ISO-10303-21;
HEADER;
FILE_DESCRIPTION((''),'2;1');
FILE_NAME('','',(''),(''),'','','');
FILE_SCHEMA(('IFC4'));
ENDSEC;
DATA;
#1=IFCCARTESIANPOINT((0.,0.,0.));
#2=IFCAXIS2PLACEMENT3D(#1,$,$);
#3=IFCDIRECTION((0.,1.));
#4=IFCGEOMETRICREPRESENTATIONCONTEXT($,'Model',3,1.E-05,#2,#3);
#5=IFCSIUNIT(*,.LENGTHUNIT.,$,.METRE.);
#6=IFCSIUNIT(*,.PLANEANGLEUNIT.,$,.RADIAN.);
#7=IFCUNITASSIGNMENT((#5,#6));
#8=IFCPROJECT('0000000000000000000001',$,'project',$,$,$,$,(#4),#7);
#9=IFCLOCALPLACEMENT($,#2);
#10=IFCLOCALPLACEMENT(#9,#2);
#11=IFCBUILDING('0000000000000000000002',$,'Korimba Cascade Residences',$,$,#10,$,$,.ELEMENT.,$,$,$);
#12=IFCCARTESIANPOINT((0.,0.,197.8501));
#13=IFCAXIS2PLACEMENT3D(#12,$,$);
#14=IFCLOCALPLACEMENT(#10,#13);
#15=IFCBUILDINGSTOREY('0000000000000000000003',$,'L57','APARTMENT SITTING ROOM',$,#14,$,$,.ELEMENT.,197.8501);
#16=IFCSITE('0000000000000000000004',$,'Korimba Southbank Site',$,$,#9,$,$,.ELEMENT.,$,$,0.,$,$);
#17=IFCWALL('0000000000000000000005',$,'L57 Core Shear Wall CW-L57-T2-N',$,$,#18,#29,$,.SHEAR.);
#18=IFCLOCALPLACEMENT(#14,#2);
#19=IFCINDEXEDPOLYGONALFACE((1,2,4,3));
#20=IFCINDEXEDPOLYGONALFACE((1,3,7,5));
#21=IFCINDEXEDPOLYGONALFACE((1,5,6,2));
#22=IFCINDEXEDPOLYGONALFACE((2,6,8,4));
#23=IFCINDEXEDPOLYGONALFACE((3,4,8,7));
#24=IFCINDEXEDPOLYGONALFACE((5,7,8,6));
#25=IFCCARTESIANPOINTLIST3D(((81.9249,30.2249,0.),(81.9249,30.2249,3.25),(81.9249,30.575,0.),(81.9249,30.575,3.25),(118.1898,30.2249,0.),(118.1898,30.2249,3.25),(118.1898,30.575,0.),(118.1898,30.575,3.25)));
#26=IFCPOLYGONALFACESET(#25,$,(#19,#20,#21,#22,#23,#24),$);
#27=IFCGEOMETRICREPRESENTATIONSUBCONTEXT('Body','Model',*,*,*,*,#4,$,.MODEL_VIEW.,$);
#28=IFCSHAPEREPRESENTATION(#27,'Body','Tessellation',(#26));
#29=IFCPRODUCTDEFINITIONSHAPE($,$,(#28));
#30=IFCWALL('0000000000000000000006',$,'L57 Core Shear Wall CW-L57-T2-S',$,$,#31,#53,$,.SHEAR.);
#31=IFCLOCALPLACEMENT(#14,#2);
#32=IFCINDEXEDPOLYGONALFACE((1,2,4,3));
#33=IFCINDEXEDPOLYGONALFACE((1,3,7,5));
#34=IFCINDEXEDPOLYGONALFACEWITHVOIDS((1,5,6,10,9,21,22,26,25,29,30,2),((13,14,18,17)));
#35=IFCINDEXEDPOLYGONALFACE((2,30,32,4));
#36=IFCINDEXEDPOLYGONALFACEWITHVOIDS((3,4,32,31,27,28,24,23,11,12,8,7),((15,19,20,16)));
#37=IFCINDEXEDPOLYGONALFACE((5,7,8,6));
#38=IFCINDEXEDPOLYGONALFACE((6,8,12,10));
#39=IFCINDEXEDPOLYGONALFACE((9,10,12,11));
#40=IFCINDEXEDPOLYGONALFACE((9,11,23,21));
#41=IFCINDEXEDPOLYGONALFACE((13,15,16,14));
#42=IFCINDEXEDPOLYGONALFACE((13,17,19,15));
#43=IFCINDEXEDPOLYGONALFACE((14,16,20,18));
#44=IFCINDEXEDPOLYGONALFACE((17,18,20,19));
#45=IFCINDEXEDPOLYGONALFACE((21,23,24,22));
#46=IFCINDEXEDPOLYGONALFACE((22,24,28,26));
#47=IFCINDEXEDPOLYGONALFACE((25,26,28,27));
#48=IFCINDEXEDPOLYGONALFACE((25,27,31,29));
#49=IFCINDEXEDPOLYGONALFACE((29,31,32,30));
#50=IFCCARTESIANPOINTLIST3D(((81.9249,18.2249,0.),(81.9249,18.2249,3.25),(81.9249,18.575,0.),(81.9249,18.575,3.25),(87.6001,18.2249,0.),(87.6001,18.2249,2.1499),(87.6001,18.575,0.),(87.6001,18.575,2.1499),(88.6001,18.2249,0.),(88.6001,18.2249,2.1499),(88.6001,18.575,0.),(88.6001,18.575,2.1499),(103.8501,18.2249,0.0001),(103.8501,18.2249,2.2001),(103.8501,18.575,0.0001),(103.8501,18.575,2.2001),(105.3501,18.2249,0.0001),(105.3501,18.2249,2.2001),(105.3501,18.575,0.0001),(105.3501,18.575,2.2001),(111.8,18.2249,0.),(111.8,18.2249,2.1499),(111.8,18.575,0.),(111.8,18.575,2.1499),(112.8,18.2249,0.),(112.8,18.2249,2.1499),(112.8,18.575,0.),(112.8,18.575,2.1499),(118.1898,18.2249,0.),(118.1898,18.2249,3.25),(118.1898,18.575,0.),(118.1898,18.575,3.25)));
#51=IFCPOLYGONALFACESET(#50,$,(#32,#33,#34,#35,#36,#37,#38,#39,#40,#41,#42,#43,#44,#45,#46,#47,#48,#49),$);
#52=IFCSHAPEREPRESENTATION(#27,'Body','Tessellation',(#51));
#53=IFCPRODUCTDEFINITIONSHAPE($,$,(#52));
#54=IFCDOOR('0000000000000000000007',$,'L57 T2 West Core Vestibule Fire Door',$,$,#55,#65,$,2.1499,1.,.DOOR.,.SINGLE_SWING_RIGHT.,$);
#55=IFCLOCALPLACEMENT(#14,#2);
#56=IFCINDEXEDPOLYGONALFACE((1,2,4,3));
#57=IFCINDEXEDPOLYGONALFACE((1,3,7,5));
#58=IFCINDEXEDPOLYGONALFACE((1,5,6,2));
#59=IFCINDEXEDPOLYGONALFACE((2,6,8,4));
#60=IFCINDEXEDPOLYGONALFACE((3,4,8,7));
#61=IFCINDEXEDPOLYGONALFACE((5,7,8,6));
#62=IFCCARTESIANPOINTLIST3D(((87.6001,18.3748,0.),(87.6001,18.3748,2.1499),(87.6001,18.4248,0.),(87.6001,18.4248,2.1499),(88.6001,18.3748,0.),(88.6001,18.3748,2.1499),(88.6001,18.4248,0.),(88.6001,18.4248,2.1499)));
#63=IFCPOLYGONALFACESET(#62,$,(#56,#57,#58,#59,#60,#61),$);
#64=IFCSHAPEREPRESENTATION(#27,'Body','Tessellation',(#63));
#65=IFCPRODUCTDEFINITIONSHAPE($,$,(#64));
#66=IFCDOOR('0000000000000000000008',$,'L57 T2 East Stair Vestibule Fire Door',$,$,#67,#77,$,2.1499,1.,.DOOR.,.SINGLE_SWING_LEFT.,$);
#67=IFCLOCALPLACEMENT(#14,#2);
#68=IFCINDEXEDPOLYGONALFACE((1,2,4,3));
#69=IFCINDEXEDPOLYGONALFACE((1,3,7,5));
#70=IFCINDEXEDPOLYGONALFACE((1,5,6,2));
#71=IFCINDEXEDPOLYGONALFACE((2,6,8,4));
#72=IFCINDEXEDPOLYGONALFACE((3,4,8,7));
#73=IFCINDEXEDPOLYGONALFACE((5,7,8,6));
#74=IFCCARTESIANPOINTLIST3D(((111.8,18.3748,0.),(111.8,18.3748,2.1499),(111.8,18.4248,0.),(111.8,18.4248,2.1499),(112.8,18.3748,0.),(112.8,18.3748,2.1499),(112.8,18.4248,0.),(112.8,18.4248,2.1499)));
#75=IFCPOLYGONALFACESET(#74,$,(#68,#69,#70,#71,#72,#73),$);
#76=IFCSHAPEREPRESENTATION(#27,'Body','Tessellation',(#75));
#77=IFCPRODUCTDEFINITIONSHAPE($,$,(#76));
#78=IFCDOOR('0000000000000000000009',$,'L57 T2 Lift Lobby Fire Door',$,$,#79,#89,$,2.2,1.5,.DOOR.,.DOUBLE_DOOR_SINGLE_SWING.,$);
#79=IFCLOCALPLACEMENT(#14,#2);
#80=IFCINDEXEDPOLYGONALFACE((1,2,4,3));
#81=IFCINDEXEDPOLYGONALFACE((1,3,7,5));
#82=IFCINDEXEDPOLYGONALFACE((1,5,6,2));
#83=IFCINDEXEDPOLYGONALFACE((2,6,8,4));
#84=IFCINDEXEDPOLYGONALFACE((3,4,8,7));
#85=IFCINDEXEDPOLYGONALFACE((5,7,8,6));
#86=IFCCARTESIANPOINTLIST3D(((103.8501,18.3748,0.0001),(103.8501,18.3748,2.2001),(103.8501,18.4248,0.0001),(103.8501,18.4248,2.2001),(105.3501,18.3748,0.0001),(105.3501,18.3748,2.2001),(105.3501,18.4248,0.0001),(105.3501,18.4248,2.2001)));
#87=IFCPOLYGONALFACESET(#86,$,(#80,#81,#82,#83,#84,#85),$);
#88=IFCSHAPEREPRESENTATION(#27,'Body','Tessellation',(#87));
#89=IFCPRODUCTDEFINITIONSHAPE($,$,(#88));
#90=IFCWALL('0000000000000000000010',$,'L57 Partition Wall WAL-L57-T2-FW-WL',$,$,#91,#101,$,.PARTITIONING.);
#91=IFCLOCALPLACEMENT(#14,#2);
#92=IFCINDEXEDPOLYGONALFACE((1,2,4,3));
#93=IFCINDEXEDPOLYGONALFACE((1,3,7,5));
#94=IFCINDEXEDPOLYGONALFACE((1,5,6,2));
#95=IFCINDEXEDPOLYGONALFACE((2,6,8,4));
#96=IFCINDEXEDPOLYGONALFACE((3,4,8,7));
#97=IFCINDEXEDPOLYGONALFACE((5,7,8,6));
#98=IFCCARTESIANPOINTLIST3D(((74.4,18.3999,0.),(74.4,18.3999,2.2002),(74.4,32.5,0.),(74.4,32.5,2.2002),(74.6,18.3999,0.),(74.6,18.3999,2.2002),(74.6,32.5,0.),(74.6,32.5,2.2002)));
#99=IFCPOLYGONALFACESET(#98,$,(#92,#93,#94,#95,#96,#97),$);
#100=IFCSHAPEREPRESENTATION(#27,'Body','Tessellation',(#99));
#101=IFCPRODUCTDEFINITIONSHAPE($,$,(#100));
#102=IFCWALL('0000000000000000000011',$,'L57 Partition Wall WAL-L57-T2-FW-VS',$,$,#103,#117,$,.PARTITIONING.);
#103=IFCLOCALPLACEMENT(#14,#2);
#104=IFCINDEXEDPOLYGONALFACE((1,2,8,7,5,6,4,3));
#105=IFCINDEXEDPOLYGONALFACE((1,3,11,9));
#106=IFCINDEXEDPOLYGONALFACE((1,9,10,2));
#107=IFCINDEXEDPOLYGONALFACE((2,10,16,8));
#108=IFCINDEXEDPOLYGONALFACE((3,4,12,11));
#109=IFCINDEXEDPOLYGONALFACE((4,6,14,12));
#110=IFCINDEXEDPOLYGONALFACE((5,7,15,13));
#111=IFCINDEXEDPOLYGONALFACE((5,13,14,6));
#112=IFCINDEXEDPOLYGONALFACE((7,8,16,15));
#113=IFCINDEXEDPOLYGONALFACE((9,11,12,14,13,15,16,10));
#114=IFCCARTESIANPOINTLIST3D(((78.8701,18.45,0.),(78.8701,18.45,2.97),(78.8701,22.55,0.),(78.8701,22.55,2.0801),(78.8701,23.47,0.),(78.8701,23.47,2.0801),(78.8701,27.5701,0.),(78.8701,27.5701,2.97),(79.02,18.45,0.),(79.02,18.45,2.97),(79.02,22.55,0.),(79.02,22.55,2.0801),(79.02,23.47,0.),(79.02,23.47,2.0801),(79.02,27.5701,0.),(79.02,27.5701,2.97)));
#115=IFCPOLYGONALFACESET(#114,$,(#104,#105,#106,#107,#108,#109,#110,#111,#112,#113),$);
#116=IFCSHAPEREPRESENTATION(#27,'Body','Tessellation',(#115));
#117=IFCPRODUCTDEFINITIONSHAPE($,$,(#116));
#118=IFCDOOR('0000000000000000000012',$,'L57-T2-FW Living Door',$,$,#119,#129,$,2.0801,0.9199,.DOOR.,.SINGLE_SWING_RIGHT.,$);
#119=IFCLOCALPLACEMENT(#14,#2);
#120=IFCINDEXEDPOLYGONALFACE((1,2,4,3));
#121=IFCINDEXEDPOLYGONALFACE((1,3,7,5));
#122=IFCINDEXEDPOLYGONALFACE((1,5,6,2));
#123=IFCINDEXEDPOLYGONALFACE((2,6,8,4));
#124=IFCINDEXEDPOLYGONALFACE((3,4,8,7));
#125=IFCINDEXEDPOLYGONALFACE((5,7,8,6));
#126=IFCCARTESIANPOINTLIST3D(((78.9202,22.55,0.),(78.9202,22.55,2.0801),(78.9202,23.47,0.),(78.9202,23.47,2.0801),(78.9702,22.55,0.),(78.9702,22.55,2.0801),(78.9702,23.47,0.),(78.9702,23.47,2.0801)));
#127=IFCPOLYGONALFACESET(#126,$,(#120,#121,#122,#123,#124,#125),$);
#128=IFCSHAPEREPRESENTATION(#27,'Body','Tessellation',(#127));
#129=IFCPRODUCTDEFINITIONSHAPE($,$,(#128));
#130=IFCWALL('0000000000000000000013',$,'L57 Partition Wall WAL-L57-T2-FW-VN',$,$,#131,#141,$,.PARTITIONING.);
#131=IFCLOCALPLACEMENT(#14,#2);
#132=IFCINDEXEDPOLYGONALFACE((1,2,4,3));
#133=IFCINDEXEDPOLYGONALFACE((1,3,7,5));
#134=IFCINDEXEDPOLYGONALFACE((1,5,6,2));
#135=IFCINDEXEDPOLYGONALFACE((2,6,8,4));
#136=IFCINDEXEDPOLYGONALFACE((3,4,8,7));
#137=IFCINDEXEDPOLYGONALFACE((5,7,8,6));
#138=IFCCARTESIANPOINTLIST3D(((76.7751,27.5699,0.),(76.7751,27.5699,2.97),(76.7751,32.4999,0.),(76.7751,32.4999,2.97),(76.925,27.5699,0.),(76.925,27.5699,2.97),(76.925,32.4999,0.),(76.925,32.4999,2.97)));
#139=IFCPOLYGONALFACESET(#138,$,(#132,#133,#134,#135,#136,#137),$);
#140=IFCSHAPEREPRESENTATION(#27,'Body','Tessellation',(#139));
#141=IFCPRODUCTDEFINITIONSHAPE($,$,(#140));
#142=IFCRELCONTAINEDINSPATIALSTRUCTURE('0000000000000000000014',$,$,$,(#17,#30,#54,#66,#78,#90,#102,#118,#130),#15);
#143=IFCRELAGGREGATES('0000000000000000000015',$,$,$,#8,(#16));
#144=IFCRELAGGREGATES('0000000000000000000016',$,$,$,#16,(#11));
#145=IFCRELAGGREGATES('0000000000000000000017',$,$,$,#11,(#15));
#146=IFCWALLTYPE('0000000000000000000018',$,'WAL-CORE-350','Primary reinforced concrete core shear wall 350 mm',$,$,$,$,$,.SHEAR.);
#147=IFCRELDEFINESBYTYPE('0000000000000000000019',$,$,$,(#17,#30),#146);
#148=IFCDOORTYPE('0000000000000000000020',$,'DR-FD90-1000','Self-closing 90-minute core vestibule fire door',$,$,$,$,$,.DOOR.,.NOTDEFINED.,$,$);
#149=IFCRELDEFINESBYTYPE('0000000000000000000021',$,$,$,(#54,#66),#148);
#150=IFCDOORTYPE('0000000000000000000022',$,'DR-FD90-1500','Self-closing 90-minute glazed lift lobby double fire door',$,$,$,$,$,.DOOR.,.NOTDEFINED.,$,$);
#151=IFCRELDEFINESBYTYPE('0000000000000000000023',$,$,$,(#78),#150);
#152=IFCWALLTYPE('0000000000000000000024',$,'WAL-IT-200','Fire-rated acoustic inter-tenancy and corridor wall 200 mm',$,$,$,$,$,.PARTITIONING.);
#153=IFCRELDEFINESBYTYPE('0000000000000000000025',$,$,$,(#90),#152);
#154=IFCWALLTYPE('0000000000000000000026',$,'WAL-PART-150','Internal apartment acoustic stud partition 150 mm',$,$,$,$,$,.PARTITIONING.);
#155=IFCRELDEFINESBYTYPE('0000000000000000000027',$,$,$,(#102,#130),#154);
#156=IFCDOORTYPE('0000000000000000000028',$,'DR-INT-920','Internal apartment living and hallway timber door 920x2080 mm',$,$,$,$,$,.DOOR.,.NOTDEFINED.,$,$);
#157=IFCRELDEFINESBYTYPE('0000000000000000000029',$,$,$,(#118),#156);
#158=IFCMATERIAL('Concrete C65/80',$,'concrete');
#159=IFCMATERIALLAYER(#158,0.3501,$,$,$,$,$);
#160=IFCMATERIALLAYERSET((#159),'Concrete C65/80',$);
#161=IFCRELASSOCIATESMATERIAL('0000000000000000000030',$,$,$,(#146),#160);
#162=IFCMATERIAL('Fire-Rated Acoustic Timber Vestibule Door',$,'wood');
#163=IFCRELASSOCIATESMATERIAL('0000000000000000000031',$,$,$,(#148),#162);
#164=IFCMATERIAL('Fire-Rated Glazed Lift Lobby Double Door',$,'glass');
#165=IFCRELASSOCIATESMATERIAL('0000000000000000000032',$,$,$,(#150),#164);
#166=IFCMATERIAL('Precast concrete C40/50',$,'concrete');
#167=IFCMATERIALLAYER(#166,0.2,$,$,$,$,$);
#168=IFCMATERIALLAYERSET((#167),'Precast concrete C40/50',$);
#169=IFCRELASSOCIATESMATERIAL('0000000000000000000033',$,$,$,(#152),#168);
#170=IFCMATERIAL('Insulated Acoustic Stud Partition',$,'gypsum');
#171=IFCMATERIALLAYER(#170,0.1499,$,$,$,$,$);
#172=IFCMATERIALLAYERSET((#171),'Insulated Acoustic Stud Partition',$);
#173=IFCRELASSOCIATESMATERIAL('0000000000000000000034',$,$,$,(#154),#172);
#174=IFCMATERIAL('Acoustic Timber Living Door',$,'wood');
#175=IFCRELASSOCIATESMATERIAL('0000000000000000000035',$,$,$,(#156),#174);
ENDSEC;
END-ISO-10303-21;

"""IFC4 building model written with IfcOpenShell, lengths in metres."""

from ifc_helpers import new_model, si_unit, direction, frame, frame_2d, origin, place, context, subcontext, project, spatial, rectangle, extrude, material, layer, layer_set, type_object, element, fill, save


model = new_model("IFC4")

# Units and contexts
model_context = context("Model", 3, precision=1e-05, world=origin(), true_north=direction((0.0, 1.0)))
body_context = subcontext(model_context, "Body", "Model", "MODEL_VIEW")
ifc_project = project(units=[si_unit("LENGTHUNIT", "METRE"), si_unit("PLANEANGLEUNIT", "RADIAN")], contexts=[model_context])

# Site, building, storey
site_placement = place(None, origin())
site = spatial("IfcSite", under=ifc_project, at=site_placement, Name="Korimba Southbank Site", CompositionType="ELEMENT", RefElevation=0.0)
building_placement = place(site_placement, origin())
building = spatial("IfcBuilding", under=site, at=building_placement, Name="Korimba Cascade Residences", CompositionType="ELEMENT")
storey_placement = place(building_placement, frame((0.0, 0.0, 197.8501)))
storey = spatial("IfcBuildingStorey", under=building, at=storey_placement, Name="L57", Description="APARTMENT SITTING ROOM", CompositionType="ELEMENT", Elevation=197.8501)

# Wall
ifc_material_1 = material(Name="Precast concrete C40/50", Category="concrete")
ifc_material_2 = material(Name="Concrete C65/80", Category="concrete")
ifc_layer_1 = layer(ifc_material_2, 0.3501)
ifc_layer_set_1 = layer_set([ifc_layer_1], Name="Concrete C65/80")
wall_type_1 = type_object("IfcWallType", Name="WAL-CORE-350", Description="Primary reinforced concrete core shear wall 350 mm", PredefinedType="SHEAR", material=ifc_layer_set_1)
wall_1_placement = place(storey_placement, frame((81.925, 30.3999, 0.0), z_axis=(0.0, 0.0, 1.0), x_axis=(1.0, 0.0, 0.0)))
element("IfcWall", 1, at=wall_1_placement, inside=storey, type_object=wall_type_1, Name="L57 Core Shear Wall CW-L57-T2-N", PredefinedType="SHEAR", context=body_context, shape_type="SweptSolid", body=[
    extrude(rectangle(XDim=36.2649, YDim=0.3501, at=frame_2d((18.1323, 0.0))), origin(), (0.0, 0.0, 1.0), 3.25),
])

# Wall, openings, doors
wall_2_placement = place(storey_placement, frame((81.925, 18.3999, 0.0), z_axis=(0.0, 0.0, 1.0), x_axis=(1.0, 0.0, 0.0)))
wall_2 = element("IfcWall", 2, at=wall_2_placement, inside=storey, type_object=wall_type_1, Name="L57 Core Shear Wall CW-L57-T2-S", PredefinedType="SHEAR", context=body_context, shape_type="SweptSolid", body=[
    extrude(rectangle(XDim=36.2649, YDim=0.3501, at=frame_2d((18.1323, 0.0))), origin(), (0.0, 0.0, 1.0), 3.25),
])
opening_1_placement = place(wall_2_placement, frame((5.675, 0.0, 0.0)))
opening_1 = element("IfcOpeningElement", 3, at=opening_1_placement, cuts=wall_2, PredefinedType="OPENING", context=body_context, shape_type="SweptSolid", body=[
    extrude(rectangle(XDim=1.0, YDim=2.1499, at=frame_2d((0.5, 1.075))), frame((0.0, 0.1851, 0.0), z_axis=(0.0, -1.0, 0.0), x_axis=(1.0, 0.0, 0.0)), (0.0, 0.0, 1.0), 0.3701),
])
opening_2_placement = place(wall_2_placement, frame((21.925, 0.0, 0.0)))
opening_2 = element("IfcOpeningElement", 4, at=opening_2_placement, cuts=wall_2, PredefinedType="OPENING", context=body_context, shape_type="SweptSolid", body=[
    extrude(rectangle(XDim=1.5, YDim=2.2, at=frame_2d((0.75, 1.1001))), frame((0.0, 0.1851, 0.0), z_axis=(0.0, -1.0, 0.0), x_axis=(1.0, 0.0, 0.0)), (0.0, 0.0, 1.0), 0.3701),
])
opening_3_placement = place(wall_2_placement, frame((29.875, 0.0, 0.0)))
opening_3 = element("IfcOpeningElement", 5, at=opening_3_placement, cuts=wall_2, PredefinedType="OPENING", context=body_context, shape_type="SweptSolid", body=[
    extrude(rectangle(XDim=1.0, YDim=2.1499, at=frame_2d((0.5, 1.075))), frame((0.0, 0.1851, 0.0), z_axis=(0.0, -1.0, 0.0), x_axis=(1.0, 0.0, 0.0)), (0.0, 0.0, 1.0), 0.3701),
])
ifc_material_3 = material(Name="Fire-Rated Acoustic Timber Vestibule Door", Category="wood")
door_type_1 = type_object("IfcDoorType", Name="DR-FD90-1000", Description="Self-closing 90-minute core vestibule fire door", OperationType="NOTDEFINED", PredefinedType="DOOR", material=ifc_material_3)
door_1_placement = place(opening_1_placement, origin())
door_1 = element("IfcDoor", 6, at=door_1_placement, inside=storey, type_object=door_type_1, Name="L57 T2 West Core Vestibule Fire Door", OperationType="SINGLE_SWING_RIGHT", OverallHeight=2.1499, OverallWidth=1.0, PredefinedType="DOOR", context=body_context, shape_type="SweptSolid", body=[
    extrude(rectangle(XDim=1.0, YDim=2.1499, at=frame_2d((0.5, 1.075))), frame((0.0, 0.0249, 0.0), z_axis=(0.0, -1.0, 0.0), x_axis=(1.0, 0.0, 0.0)), (0.0, 0.0, 1.0), 0.05),
])
fill(opening_1, door_1)
door_2_placement = place(opening_3_placement, origin())
door_2 = element("IfcDoor", 7, at=door_2_placement, inside=storey, type_object=door_type_1, Name="L57 T2 East Stair Vestibule Fire Door", OperationType="SINGLE_SWING_LEFT", OverallHeight=2.1499, OverallWidth=1.0, PredefinedType="DOOR", context=body_context, shape_type="SweptSolid", body=[
    extrude(rectangle(XDim=1.0, YDim=2.1499, at=frame_2d((0.5, 1.075))), frame((0.0, 0.0249, 0.0), z_axis=(0.0, -1.0, 0.0), x_axis=(1.0, 0.0, 0.0)), (0.0, 0.0, 1.0), 0.05),
])
fill(opening_3, door_2)
ifc_material_4 = material(Name="Fire-Rated Glazed Lift Lobby Double Door", Category="glass")
door_type_2 = type_object("IfcDoorType", Name="DR-FD90-1500", Description="Self-closing 90-minute glazed lift lobby double fire door", OperationType="NOTDEFINED", PredefinedType="DOOR", material=ifc_material_4)
door_3_placement = place(opening_2_placement, origin())
door_3 = element("IfcDoor", 8, at=door_3_placement, inside=storey, type_object=door_type_2, Name="L57 T2 Lift Lobby Fire Door", OperationType="DOUBLE_DOOR_SINGLE_SWING", OverallHeight=2.2, OverallWidth=1.5, PredefinedType="DOOR", context=body_context, shape_type="SweptSolid", body=[
    extrude(rectangle(XDim=1.5, YDim=2.2, at=frame_2d((0.75, 1.1001))), frame((0.0, 0.0249, 0.0), z_axis=(0.0, -1.0, 0.0), x_axis=(1.0, 0.0, 0.0)), (0.0, 0.0, 1.0), 0.05),
])
fill(opening_2, door_3)

# Wall
ifc_layer_2 = layer(ifc_material_1, 0.2)
ifc_layer_set_2 = layer_set([ifc_layer_2], Name="Precast concrete C40/50")
wall_type_2 = type_object("IfcWallType", Name="WAL-IT-200", Description="Fire-rated acoustic inter-tenancy and corridor wall 200 mm", PredefinedType="PARTITIONING", material=ifc_layer_set_2)
wall_3_placement = place(storey_placement, frame((74.5, 18.3999, 0.0), z_axis=(0.0, 0.0, 1.0), x_axis=(0.0, 1.0, 0.0)))
element("IfcWall", 9, at=wall_3_placement, inside=storey, type_object=wall_type_2, Name="L57 Partition Wall WAL-L57-T2-FW-WL", PredefinedType="PARTITIONING", context=body_context, shape_type="SweptSolid", body=[
    extrude(rectangle(XDim=14.1001, YDim=0.2, at=frame_2d((7.05, 0.0))), origin(), (0.0, 0.0, 1.0), 2.2002),
])

# Wall, opening, door
ifc_material_5 = material(Name="Insulated Acoustic Stud Partition", Category="gypsum")
ifc_layer_3 = layer(ifc_material_5, 0.1499)
ifc_layer_set_3 = layer_set([ifc_layer_3], Name="Insulated Acoustic Stud Partition")
wall_type_3 = type_object("IfcWallType", Name="WAL-PART-150", Description="Internal apartment acoustic stud partition 150 mm", PredefinedType="PARTITIONING", material=ifc_layer_set_3)
wall_4_placement = place(storey_placement, frame((78.9451, 18.45, 0.0), z_axis=(0.0, 0.0, 1.0), x_axis=(0.0, 1.0, 0.0)))
wall_4 = element("IfcWall", 10, at=wall_4_placement, inside=storey, type_object=wall_type_3, Name="L57 Partition Wall WAL-L57-T2-FW-VS", PredefinedType="PARTITIONING", context=body_context, shape_type="SweptSolid", body=[
    extrude(rectangle(XDim=9.1201, YDim=0.1499, at=frame_2d((4.5601, 0.0))), origin(), (0.0, 0.0, 1.0), 2.97),
])
opening_4_placement = place(wall_4_placement, frame((4.1001, 0.0, 0.0)))
opening_4 = element("IfcOpeningElement", 11, at=opening_4_placement, cuts=wall_4, PredefinedType="OPENING", context=body_context, shape_type="SweptSolid", body=[
    extrude(rectangle(XDim=0.9199, YDim=2.0801, at=frame_2d((0.46, 1.04))), frame((0.0, 0.085, 0.0), z_axis=(0.0, -1.0, 0.0), x_axis=(1.0, 0.0, 0.0)), (0.0, 0.0, 1.0), 0.1699),
])
ifc_material_6 = material(Name="Acoustic Timber Living Door", Category="wood")
door_type_3 = type_object("IfcDoorType", Name="DR-INT-920", Description="Internal apartment living and hallway timber door 920x2080 mm", OperationType="NOTDEFINED", PredefinedType="DOOR", material=ifc_material_6)
door_4_placement = place(opening_4_placement, origin())
door_4 = element("IfcDoor", 12, at=door_4_placement, inside=storey, type_object=door_type_3, Name="L57-T2-FW Living Door", OperationType="SINGLE_SWING_RIGHT", OverallHeight=2.0801, OverallWidth=0.9199, PredefinedType="DOOR", context=body_context, shape_type="SweptSolid", body=[
    extrude(rectangle(XDim=0.9199, YDim=2.0801, at=frame_2d((0.46, 1.04))), frame((0.0, 0.0249, 0.0), z_axis=(0.0, -1.0, 0.0), x_axis=(1.0, 0.0, 0.0)), (0.0, 0.0, 1.0), 0.05),
])
fill(opening_4, door_4)

# Wall
wall_5_placement = place(storey_placement, frame((76.8501, 27.5701, 0.0), z_axis=(0.0, 0.0, 1.0), x_axis=(0.0, 1.0, 0.0)))
element("IfcWall", 13, at=wall_5_placement, inside=storey, type_object=wall_type_3, Name="L57 Partition Wall WAL-L57-T2-FW-VN", PredefinedType="PARTITIONING", context=body_context, shape_type="SweptSolid", body=[
    extrude(rectangle(XDim=4.9299, YDim=0.1499, at=frame_2d((2.4648, 0.0))), origin(), (0.0, 0.0, 1.0), 2.97),
])

save(model, "model.ifc")
